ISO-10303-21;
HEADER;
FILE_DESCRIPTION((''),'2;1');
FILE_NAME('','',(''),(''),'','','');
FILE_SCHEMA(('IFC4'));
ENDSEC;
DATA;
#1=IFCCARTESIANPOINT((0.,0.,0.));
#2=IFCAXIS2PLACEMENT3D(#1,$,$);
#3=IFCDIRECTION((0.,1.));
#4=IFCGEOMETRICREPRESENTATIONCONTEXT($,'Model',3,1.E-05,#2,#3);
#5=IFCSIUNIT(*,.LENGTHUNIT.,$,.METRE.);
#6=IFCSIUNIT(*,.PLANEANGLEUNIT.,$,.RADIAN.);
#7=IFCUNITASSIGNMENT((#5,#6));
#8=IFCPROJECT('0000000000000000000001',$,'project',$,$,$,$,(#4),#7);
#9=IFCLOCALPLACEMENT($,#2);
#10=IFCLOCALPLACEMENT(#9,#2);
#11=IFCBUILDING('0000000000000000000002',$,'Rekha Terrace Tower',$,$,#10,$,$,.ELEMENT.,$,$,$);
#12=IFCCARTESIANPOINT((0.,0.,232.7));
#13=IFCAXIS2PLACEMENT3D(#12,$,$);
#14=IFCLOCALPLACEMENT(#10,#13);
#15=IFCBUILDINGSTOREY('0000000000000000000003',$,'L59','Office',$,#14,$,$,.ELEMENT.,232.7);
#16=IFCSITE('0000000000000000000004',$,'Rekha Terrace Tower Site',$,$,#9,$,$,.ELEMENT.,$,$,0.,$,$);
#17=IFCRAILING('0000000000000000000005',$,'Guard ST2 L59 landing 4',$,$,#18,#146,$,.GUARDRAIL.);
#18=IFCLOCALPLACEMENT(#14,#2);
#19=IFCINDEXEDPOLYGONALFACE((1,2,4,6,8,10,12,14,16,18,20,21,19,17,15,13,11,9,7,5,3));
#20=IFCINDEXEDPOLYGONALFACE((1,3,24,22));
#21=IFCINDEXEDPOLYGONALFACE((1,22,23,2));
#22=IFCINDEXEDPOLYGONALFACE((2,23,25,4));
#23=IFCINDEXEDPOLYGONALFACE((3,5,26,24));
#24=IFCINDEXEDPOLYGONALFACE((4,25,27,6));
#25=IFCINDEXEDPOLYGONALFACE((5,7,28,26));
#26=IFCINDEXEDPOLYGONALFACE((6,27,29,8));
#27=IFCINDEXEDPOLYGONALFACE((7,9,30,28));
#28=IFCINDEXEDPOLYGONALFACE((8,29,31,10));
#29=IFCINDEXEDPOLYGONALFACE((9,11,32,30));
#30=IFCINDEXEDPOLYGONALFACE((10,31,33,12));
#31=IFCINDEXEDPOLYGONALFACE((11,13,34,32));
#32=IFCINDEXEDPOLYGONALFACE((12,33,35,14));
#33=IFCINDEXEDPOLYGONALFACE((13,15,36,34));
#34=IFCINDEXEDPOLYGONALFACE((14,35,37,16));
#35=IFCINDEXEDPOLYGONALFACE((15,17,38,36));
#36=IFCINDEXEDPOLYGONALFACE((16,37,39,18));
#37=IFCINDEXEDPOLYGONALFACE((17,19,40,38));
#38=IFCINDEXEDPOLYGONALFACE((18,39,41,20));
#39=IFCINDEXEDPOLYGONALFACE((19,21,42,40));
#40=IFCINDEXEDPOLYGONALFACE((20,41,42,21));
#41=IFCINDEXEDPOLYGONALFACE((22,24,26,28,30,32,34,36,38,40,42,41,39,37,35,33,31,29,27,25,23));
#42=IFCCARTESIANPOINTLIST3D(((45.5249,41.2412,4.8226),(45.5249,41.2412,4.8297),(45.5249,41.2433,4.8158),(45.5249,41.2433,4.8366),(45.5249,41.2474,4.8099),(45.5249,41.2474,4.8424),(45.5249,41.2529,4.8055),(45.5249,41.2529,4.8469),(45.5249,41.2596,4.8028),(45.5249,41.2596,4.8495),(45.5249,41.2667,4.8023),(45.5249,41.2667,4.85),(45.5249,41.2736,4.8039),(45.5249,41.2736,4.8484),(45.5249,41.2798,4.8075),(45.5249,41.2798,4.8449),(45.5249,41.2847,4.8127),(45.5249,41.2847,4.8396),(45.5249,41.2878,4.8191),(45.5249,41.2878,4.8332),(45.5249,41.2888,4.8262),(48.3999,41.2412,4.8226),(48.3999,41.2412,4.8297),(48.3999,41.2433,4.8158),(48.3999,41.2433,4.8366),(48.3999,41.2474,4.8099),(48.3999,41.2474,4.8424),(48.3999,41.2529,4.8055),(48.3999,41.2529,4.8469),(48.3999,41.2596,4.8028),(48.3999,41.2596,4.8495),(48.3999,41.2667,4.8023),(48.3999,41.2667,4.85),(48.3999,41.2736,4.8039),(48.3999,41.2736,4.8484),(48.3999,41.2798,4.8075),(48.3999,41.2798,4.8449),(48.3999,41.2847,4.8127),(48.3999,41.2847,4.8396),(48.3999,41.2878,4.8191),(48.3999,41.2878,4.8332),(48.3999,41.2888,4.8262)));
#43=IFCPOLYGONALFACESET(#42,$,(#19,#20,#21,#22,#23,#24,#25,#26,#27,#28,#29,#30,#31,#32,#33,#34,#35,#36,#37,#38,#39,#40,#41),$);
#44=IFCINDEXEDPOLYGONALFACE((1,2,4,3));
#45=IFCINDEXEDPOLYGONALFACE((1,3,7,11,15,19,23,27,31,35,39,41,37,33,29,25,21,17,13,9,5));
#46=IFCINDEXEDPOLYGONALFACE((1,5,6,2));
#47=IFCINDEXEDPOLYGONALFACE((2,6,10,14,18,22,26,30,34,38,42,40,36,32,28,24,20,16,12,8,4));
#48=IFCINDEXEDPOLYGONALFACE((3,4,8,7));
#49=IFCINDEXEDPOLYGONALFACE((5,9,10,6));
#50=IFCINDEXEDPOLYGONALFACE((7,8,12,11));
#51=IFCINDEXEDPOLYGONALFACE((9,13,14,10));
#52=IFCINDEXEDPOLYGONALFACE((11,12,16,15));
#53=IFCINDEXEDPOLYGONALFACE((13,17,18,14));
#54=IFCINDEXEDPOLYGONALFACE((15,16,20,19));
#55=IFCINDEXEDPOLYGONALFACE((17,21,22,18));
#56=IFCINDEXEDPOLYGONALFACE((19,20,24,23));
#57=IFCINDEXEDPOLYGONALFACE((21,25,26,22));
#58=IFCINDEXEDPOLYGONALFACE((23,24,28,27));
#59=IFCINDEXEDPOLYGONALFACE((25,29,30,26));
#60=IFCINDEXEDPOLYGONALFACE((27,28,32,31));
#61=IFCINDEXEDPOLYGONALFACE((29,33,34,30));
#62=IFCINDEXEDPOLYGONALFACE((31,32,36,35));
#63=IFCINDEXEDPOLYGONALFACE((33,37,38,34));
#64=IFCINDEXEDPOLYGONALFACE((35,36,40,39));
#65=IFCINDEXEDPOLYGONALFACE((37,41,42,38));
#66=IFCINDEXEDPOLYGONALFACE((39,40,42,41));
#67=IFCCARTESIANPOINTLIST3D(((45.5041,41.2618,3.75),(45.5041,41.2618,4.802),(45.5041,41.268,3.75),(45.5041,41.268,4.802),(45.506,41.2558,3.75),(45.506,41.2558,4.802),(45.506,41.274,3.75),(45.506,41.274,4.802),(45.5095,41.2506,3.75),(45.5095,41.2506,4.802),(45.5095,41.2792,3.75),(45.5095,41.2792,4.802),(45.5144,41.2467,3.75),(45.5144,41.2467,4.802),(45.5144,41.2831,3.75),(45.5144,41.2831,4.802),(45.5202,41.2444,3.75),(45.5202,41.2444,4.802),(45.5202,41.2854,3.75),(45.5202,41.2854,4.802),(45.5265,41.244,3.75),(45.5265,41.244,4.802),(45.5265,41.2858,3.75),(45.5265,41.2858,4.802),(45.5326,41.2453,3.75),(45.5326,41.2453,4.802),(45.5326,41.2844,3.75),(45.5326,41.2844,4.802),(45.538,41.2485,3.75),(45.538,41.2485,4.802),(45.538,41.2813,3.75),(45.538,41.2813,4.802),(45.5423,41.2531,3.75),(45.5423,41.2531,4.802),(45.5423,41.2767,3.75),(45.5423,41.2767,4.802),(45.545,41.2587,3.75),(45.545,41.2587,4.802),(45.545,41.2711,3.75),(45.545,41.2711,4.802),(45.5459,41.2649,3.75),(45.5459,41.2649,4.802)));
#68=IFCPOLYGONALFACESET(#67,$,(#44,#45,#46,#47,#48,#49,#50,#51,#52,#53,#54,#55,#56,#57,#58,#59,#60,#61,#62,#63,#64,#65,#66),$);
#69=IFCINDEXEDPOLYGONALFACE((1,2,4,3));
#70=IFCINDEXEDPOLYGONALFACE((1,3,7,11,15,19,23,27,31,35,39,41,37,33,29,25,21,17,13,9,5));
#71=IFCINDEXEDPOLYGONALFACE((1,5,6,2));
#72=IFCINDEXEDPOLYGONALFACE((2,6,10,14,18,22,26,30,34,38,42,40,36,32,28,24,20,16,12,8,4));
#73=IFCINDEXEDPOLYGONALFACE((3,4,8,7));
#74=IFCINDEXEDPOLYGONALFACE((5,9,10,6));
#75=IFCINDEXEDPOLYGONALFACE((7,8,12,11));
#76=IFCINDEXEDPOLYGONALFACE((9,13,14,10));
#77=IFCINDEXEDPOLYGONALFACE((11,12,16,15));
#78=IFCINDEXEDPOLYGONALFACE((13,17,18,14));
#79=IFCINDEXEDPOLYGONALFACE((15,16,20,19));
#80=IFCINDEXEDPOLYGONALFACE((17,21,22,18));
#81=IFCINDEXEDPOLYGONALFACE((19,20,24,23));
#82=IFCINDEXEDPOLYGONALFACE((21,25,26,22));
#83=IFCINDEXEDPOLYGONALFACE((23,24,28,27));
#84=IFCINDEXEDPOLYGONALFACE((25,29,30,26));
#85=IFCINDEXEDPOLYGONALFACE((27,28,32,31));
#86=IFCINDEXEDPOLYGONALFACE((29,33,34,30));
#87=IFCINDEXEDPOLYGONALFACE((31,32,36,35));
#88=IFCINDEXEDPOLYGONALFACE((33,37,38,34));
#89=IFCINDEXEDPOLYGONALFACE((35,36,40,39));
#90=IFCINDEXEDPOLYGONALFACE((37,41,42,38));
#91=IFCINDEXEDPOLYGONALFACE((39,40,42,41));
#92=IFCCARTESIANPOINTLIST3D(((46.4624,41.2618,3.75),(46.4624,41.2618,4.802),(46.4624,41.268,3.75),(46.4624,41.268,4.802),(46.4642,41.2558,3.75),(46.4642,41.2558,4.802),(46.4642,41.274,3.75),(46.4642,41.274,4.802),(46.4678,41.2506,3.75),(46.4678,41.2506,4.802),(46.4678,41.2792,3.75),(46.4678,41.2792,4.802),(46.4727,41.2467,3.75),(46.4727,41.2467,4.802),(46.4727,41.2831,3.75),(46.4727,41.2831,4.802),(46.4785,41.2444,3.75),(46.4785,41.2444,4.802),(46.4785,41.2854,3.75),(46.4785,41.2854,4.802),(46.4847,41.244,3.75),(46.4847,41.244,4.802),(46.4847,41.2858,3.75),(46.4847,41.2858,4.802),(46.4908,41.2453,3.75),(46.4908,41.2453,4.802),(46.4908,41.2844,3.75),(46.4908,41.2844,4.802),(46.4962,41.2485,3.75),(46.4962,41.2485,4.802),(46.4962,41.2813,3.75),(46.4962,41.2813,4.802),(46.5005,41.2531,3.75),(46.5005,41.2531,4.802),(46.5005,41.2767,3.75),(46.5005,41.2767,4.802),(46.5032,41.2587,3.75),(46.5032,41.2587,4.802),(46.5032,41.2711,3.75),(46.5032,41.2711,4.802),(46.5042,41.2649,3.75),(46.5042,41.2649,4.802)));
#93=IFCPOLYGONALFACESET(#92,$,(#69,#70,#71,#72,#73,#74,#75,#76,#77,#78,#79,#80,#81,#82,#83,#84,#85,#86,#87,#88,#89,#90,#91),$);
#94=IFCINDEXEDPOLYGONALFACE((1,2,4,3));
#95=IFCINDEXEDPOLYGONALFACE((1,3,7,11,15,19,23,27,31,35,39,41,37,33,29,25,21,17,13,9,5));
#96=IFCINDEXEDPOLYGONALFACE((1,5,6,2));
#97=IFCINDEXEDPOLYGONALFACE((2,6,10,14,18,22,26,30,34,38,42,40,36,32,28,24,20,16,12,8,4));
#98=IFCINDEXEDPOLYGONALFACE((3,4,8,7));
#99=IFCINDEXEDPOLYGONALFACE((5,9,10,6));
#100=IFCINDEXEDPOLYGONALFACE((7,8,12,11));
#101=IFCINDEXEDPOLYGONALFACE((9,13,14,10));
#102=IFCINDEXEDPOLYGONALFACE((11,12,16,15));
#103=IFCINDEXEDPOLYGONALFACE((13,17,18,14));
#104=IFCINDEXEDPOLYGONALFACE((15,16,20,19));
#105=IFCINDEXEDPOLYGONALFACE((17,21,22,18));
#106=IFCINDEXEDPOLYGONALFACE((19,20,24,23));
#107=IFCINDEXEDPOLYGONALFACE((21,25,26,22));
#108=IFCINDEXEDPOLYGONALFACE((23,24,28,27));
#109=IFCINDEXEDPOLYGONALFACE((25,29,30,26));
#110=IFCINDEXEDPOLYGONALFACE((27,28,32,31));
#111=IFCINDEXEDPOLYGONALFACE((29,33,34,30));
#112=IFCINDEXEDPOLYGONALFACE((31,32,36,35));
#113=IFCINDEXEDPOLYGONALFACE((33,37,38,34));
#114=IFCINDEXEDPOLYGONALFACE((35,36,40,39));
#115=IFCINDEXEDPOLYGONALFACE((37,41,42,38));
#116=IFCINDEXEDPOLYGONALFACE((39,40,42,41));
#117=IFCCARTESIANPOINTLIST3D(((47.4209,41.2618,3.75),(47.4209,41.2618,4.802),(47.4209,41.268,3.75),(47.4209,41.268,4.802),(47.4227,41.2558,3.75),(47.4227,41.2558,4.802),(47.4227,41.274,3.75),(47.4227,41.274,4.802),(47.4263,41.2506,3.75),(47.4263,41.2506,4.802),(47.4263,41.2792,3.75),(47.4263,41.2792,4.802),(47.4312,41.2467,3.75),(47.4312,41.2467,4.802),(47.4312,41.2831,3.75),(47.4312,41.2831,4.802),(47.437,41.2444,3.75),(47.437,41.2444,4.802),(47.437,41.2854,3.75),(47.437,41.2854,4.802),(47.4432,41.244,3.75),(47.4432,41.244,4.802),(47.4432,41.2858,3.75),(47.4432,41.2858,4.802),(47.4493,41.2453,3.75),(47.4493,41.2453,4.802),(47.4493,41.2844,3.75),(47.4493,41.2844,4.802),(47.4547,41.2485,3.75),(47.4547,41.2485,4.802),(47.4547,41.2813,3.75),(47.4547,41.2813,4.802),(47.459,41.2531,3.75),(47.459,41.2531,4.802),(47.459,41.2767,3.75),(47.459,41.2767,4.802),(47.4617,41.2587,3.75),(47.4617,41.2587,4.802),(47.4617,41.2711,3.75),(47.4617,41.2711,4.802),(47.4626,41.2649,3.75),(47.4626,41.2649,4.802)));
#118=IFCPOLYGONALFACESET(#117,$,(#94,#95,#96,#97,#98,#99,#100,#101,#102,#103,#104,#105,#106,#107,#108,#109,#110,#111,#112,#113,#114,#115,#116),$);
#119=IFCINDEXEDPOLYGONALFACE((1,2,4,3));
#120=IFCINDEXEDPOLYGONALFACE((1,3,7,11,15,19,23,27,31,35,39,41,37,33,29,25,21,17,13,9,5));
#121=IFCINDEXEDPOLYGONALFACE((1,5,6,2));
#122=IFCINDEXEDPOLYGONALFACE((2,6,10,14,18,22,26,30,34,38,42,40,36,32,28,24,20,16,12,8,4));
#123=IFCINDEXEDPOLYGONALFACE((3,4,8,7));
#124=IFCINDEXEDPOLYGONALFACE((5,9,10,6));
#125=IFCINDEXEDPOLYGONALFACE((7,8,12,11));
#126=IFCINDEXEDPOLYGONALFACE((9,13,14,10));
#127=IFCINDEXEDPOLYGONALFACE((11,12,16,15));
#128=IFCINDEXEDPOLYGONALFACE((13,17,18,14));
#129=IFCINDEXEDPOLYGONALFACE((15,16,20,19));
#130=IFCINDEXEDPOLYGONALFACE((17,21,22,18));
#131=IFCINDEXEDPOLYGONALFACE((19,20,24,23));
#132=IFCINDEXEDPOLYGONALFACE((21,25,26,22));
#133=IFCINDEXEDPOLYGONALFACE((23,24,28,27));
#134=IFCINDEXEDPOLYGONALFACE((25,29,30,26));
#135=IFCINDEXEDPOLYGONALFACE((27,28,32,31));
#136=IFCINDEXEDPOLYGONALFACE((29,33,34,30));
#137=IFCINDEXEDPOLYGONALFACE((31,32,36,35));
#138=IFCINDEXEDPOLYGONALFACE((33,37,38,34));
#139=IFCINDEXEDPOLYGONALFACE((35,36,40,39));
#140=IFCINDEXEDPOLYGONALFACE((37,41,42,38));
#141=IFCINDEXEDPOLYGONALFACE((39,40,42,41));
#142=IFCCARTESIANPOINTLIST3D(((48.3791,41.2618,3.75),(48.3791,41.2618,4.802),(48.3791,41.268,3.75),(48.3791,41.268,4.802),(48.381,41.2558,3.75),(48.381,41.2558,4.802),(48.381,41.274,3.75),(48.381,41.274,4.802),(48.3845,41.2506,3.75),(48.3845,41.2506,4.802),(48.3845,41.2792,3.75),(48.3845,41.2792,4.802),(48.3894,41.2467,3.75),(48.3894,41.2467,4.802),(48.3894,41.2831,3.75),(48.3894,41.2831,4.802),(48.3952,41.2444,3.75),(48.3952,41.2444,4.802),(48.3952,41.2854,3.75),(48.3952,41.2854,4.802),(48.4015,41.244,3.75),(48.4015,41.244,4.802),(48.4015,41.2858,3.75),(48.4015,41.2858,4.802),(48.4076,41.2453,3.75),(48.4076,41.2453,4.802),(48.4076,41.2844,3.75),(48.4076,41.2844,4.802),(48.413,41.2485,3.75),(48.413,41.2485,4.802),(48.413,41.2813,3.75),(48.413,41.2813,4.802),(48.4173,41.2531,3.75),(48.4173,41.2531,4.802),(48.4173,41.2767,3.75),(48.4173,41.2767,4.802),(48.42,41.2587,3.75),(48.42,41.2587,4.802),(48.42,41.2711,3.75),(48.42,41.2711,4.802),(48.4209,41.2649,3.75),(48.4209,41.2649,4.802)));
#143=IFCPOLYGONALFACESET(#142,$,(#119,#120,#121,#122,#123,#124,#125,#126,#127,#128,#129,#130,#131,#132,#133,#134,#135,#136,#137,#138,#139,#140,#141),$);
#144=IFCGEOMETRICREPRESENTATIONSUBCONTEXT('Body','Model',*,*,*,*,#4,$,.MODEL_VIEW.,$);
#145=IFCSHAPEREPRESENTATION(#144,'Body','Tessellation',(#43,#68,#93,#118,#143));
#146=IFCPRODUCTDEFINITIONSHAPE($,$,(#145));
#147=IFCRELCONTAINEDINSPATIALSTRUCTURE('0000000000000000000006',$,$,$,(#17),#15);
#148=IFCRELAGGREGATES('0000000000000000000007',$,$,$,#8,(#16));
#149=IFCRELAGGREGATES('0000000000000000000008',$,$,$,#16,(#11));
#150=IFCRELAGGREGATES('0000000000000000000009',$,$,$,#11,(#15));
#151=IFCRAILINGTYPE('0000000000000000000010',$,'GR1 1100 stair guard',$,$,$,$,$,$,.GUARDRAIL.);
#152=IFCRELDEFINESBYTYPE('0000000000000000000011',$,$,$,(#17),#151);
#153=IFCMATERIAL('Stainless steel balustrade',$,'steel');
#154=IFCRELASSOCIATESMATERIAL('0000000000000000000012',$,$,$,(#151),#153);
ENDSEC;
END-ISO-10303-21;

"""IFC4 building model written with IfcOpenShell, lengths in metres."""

from ifc_helpers import new_model, si_unit, direction, frame, origin, origin_2d, place, context, subcontext, project, spatial, circle, extrude, material, type_object, element, save


model = new_model("IFC4")

# Units and contexts
model_context = context("Model", 3, precision=1e-05, world=origin(), true_north=direction((0.0, 1.0)))
body_context = subcontext(model_context, "Body", "Model", "MODEL_VIEW")
ifc_project = project(units=[si_unit("LENGTHUNIT", "METRE"), si_unit("PLANEANGLEUNIT", "RADIAN")], contexts=[model_context])

# Site, building, storey
site_placement = place(None, origin())
site = spatial("IfcSite", under=ifc_project, at=site_placement, Name="Rekha Terrace Tower Site", CompositionType="ELEMENT", RefElevation=0.0)
building_placement = place(site_placement, origin())
building = spatial("IfcBuilding", under=site, at=building_placement, Name="Rekha Terrace Tower", CompositionType="ELEMENT")
storey_placement = place(building_placement, frame((0.0, 0.0, 232.7)))
storey = spatial("IfcBuildingStorey", under=building, at=storey_placement, Name="L59", Description="Office", CompositionType="ELEMENT", Elevation=232.7)

# Railing
ifc_material_1 = material(Name="Stainless steel balustrade", Category="steel")
railing_type_1 = type_object("IfcRailingType", Name="GR1 1100 stair guard", PredefinedType="GUARDRAIL", material=ifc_material_1)
railing_1_placement = place(storey_placement, frame((45.5249, 41.2649, 3.75)))
element("IfcRailing", 1, at=railing_1_placement, inside=storey, type_object=railing_type_1, Name="Guard ST2 L59 landing 4", PredefinedType="GUARDRAIL", context=body_context, shape_type="SweptSolid", body=[
    extrude(circle(Radius=0.0239, at=origin_2d()), frame((0.0, 0.0, 1.0762), z_axis=(1.0, 0.0, 0.0), x_axis=(0.0, 1.0, 0.0)), (0.0, 0.0, 1.0), 2.875),
    extrude(circle(Radius=0.021, at=origin_2d()), origin(), (0.0, 0.0, 1.0), 1.052),
    extrude(circle(Radius=0.021, at=origin_2d()), frame((0.9583, 0.0, 0.0)), (0.0, 0.0, 1.0), 1.052),
    extrude(circle(Radius=0.021, at=origin_2d()), frame((1.9167, 0.0, 0.0)), (0.0, 0.0, 1.0), 1.052),
    extrude(circle(Radius=0.021, at=origin_2d()), frame((2.875, 0.0, 0.0)), (0.0, 0.0, 1.0), 1.052),
])

save(model, "model.ifc")
